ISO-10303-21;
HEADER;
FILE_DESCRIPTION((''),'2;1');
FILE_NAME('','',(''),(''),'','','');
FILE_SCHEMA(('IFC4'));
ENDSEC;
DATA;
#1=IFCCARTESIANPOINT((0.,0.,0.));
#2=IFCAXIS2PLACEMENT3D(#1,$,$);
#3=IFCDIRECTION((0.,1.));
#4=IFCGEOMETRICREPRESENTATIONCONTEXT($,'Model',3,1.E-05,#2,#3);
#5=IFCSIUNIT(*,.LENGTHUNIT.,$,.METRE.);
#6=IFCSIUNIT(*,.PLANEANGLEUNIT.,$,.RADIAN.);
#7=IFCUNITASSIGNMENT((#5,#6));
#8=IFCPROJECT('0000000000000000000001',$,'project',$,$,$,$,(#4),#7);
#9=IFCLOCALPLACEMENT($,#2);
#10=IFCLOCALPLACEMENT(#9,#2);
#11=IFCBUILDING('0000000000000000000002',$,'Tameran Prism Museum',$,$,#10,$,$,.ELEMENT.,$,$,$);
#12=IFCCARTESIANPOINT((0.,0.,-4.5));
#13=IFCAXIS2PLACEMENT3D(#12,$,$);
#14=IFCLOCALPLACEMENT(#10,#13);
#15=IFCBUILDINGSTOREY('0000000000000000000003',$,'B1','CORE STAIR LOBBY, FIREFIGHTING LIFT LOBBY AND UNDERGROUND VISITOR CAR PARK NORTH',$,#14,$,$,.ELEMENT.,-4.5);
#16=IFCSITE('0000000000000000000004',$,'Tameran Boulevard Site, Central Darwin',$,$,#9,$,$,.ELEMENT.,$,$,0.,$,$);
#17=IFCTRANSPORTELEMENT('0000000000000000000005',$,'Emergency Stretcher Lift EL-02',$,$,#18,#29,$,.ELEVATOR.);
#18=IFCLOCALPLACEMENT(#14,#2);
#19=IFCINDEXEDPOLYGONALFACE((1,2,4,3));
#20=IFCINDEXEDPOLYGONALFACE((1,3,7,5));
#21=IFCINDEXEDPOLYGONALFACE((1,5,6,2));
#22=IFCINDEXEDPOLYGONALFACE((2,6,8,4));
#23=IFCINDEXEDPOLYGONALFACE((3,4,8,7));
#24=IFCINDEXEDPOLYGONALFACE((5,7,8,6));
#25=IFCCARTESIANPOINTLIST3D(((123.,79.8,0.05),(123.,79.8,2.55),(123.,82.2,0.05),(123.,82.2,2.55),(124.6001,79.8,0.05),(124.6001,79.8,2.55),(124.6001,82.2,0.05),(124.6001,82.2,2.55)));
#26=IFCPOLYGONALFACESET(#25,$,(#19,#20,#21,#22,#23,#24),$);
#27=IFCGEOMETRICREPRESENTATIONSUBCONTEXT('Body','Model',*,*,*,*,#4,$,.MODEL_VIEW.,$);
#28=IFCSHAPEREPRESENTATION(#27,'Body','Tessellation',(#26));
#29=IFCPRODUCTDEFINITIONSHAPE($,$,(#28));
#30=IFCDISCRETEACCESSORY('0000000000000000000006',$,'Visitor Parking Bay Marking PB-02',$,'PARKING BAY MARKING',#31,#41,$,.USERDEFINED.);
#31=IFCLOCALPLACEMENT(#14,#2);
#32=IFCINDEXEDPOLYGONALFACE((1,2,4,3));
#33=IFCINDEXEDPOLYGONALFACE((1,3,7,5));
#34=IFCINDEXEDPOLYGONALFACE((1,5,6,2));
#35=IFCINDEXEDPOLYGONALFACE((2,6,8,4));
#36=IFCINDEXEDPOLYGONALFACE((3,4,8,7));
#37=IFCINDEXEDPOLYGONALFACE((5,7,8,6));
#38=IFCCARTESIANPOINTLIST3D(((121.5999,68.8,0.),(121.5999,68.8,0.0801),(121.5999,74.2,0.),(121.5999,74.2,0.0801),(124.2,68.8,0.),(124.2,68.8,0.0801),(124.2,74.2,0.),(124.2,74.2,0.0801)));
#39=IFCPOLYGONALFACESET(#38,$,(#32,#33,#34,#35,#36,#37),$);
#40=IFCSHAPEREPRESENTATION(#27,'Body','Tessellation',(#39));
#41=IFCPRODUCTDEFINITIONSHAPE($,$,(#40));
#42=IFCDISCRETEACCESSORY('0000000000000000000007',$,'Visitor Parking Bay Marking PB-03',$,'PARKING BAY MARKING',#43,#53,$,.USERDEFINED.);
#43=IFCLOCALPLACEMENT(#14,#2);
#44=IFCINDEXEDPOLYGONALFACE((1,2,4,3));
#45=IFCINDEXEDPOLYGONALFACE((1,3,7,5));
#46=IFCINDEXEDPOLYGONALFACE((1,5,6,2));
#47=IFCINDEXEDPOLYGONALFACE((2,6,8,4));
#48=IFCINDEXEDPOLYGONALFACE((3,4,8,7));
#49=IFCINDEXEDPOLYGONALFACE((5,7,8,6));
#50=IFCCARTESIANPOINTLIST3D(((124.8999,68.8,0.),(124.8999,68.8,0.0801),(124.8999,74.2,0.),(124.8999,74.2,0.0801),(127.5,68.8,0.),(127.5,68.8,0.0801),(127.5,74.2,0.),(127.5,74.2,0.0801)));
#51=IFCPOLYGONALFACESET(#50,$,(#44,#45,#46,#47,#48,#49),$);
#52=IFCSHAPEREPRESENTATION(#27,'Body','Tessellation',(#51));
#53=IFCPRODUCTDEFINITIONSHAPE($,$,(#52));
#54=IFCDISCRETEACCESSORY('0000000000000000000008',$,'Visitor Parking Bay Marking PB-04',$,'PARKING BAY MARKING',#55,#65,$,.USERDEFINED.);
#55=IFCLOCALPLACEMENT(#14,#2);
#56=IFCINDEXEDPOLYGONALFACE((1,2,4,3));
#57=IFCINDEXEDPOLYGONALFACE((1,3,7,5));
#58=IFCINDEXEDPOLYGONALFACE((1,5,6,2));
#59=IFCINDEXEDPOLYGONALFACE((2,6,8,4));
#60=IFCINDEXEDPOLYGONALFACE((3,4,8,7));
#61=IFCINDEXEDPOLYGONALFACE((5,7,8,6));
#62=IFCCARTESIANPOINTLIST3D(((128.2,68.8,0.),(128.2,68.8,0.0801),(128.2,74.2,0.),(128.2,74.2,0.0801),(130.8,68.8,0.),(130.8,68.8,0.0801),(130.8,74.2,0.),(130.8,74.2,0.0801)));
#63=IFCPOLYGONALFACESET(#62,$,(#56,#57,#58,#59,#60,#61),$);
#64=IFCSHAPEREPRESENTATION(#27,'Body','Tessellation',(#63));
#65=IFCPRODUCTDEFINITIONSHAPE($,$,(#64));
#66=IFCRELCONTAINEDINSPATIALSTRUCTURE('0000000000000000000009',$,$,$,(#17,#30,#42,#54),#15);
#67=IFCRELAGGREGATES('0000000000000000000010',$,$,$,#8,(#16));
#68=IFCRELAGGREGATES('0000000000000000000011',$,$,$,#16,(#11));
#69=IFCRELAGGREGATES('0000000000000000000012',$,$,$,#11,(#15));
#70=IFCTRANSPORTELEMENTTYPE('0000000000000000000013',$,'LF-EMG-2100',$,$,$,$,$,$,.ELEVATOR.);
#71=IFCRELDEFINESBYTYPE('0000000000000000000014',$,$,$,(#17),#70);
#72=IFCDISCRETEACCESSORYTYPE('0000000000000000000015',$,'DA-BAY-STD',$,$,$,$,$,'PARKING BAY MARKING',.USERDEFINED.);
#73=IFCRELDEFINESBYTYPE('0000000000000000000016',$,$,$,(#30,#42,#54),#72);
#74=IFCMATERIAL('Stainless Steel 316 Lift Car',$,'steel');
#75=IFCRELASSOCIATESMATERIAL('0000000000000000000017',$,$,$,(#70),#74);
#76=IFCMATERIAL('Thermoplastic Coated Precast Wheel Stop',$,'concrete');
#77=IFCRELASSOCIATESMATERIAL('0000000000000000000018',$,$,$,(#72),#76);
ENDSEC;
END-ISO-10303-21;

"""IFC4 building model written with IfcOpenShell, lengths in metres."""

from ifc_helpers import new_model, si_unit, direction, frame, origin, origin_2d, place, context, subcontext, project, spatial, rectangle, extrude, material, type_object, element, save


model = new_model("IFC4")

# Units and contexts
model_context = context("Model", 3, precision=1e-05, world=origin(), true_north=direction((0.0, 1.0)))
body_context = subcontext(model_context, "Body", "Model", "MODEL_VIEW")
ifc_project = project(units=[si_unit("LENGTHUNIT", "METRE"), si_unit("PLANEANGLEUNIT", "RADIAN")], contexts=[model_context])

# Site, building, storey
site_placement = place(None, origin())
site = spatial("IfcSite", under=ifc_project, at=site_placement, Name="Tameran Boulevard Site, Central Darwin", CompositionType="ELEMENT", RefElevation=0.0)
building_placement = place(site_placement, origin())
building = spatial("IfcBuilding", under=site, at=building_placement, Name="Tameran Prism Museum", CompositionType="ELEMENT")
storey_placement = place(building_placement, frame((0.0, 0.0, -4.5)))
storey = spatial("IfcBuildingStorey", under=building, at=storey_placement, Name="B1", Description="CORE STAIR LOBBY, FIREFIGHTING LIFT LOBBY AND UNDERGROUND VISITOR CAR PARK NORTH", CompositionType="ELEMENT", Elevation=-4.5)

# Transport element
ifc_material_1 = material(Name="Stainless Steel 316 Lift Car", Category="steel")
transport_element_type = type_object("IfcTransportElementType", Name="LF-EMG-2100", PredefinedType="ELEVATOR", material=ifc_material_1)
transport_element_placement = place(storey_placement, frame((123.8, 81.0, 0.05), z_axis=(0.0, 0.0, 1.0), x_axis=(1.0, 0.0, 0.0)))
element("IfcTransportElement", 1, at=transport_element_placement, inside=storey, type_object=transport_element_type, Name="Emergency Stretcher Lift EL-02", PredefinedType="ELEVATOR", context=body_context, shape_type="SweptSolid", body=[
    extrude(rectangle(XDim=1.6001, YDim=2.3999, at=origin_2d()), origin(), (0.0, 0.0, 1.0), 2.5),
])

# Discrete accessories
ifc_material_2 = material(Name="Thermoplastic Coated Precast Wheel Stop", Category="concrete")
discrete_accessory_type = type_object("IfcDiscreteAccessoryType", Name="DA-BAY-STD", ElementType="PARKING BAY MARKING", PredefinedType="USERDEFINED", material=ifc_material_2)
for number, where, z_axis, x_axis, name in (
    (2, (122.8999, 71.5, 0.0), (0.0, 0.0, 1.0), (1.0, 0.0, 0.0), "Visitor Parking Bay Marking PB-02"),
    (3, (126.2, 71.5, 0.0), (0.0, 0.0, 1.0), (1.0, 0.0, 0.0), "Visitor Parking Bay Marking PB-03"),
    (4, (129.5, 71.5, 0.0), (0.0, 0.0, 1.0), (1.0, 0.0, 0.0), "Visitor Parking Bay Marking PB-04"),
):
    element("IfcDiscreteAccessory", number, at=place(storey_placement, frame(where, z_axis=z_axis, x_axis=x_axis)), inside=storey, type_object=discrete_accessory_type, Name=name, ObjectType="PARKING BAY MARKING", PredefinedType="USERDEFINED", context=body_context, shape_type="SweptSolid", body=[
        extrude(rectangle(XDim=2.6001, YDim=5.3999, at=origin_2d()), origin(), (0.0, 0.0, 1.0), 0.0801),
    ])

save(model, "model.ifc")
